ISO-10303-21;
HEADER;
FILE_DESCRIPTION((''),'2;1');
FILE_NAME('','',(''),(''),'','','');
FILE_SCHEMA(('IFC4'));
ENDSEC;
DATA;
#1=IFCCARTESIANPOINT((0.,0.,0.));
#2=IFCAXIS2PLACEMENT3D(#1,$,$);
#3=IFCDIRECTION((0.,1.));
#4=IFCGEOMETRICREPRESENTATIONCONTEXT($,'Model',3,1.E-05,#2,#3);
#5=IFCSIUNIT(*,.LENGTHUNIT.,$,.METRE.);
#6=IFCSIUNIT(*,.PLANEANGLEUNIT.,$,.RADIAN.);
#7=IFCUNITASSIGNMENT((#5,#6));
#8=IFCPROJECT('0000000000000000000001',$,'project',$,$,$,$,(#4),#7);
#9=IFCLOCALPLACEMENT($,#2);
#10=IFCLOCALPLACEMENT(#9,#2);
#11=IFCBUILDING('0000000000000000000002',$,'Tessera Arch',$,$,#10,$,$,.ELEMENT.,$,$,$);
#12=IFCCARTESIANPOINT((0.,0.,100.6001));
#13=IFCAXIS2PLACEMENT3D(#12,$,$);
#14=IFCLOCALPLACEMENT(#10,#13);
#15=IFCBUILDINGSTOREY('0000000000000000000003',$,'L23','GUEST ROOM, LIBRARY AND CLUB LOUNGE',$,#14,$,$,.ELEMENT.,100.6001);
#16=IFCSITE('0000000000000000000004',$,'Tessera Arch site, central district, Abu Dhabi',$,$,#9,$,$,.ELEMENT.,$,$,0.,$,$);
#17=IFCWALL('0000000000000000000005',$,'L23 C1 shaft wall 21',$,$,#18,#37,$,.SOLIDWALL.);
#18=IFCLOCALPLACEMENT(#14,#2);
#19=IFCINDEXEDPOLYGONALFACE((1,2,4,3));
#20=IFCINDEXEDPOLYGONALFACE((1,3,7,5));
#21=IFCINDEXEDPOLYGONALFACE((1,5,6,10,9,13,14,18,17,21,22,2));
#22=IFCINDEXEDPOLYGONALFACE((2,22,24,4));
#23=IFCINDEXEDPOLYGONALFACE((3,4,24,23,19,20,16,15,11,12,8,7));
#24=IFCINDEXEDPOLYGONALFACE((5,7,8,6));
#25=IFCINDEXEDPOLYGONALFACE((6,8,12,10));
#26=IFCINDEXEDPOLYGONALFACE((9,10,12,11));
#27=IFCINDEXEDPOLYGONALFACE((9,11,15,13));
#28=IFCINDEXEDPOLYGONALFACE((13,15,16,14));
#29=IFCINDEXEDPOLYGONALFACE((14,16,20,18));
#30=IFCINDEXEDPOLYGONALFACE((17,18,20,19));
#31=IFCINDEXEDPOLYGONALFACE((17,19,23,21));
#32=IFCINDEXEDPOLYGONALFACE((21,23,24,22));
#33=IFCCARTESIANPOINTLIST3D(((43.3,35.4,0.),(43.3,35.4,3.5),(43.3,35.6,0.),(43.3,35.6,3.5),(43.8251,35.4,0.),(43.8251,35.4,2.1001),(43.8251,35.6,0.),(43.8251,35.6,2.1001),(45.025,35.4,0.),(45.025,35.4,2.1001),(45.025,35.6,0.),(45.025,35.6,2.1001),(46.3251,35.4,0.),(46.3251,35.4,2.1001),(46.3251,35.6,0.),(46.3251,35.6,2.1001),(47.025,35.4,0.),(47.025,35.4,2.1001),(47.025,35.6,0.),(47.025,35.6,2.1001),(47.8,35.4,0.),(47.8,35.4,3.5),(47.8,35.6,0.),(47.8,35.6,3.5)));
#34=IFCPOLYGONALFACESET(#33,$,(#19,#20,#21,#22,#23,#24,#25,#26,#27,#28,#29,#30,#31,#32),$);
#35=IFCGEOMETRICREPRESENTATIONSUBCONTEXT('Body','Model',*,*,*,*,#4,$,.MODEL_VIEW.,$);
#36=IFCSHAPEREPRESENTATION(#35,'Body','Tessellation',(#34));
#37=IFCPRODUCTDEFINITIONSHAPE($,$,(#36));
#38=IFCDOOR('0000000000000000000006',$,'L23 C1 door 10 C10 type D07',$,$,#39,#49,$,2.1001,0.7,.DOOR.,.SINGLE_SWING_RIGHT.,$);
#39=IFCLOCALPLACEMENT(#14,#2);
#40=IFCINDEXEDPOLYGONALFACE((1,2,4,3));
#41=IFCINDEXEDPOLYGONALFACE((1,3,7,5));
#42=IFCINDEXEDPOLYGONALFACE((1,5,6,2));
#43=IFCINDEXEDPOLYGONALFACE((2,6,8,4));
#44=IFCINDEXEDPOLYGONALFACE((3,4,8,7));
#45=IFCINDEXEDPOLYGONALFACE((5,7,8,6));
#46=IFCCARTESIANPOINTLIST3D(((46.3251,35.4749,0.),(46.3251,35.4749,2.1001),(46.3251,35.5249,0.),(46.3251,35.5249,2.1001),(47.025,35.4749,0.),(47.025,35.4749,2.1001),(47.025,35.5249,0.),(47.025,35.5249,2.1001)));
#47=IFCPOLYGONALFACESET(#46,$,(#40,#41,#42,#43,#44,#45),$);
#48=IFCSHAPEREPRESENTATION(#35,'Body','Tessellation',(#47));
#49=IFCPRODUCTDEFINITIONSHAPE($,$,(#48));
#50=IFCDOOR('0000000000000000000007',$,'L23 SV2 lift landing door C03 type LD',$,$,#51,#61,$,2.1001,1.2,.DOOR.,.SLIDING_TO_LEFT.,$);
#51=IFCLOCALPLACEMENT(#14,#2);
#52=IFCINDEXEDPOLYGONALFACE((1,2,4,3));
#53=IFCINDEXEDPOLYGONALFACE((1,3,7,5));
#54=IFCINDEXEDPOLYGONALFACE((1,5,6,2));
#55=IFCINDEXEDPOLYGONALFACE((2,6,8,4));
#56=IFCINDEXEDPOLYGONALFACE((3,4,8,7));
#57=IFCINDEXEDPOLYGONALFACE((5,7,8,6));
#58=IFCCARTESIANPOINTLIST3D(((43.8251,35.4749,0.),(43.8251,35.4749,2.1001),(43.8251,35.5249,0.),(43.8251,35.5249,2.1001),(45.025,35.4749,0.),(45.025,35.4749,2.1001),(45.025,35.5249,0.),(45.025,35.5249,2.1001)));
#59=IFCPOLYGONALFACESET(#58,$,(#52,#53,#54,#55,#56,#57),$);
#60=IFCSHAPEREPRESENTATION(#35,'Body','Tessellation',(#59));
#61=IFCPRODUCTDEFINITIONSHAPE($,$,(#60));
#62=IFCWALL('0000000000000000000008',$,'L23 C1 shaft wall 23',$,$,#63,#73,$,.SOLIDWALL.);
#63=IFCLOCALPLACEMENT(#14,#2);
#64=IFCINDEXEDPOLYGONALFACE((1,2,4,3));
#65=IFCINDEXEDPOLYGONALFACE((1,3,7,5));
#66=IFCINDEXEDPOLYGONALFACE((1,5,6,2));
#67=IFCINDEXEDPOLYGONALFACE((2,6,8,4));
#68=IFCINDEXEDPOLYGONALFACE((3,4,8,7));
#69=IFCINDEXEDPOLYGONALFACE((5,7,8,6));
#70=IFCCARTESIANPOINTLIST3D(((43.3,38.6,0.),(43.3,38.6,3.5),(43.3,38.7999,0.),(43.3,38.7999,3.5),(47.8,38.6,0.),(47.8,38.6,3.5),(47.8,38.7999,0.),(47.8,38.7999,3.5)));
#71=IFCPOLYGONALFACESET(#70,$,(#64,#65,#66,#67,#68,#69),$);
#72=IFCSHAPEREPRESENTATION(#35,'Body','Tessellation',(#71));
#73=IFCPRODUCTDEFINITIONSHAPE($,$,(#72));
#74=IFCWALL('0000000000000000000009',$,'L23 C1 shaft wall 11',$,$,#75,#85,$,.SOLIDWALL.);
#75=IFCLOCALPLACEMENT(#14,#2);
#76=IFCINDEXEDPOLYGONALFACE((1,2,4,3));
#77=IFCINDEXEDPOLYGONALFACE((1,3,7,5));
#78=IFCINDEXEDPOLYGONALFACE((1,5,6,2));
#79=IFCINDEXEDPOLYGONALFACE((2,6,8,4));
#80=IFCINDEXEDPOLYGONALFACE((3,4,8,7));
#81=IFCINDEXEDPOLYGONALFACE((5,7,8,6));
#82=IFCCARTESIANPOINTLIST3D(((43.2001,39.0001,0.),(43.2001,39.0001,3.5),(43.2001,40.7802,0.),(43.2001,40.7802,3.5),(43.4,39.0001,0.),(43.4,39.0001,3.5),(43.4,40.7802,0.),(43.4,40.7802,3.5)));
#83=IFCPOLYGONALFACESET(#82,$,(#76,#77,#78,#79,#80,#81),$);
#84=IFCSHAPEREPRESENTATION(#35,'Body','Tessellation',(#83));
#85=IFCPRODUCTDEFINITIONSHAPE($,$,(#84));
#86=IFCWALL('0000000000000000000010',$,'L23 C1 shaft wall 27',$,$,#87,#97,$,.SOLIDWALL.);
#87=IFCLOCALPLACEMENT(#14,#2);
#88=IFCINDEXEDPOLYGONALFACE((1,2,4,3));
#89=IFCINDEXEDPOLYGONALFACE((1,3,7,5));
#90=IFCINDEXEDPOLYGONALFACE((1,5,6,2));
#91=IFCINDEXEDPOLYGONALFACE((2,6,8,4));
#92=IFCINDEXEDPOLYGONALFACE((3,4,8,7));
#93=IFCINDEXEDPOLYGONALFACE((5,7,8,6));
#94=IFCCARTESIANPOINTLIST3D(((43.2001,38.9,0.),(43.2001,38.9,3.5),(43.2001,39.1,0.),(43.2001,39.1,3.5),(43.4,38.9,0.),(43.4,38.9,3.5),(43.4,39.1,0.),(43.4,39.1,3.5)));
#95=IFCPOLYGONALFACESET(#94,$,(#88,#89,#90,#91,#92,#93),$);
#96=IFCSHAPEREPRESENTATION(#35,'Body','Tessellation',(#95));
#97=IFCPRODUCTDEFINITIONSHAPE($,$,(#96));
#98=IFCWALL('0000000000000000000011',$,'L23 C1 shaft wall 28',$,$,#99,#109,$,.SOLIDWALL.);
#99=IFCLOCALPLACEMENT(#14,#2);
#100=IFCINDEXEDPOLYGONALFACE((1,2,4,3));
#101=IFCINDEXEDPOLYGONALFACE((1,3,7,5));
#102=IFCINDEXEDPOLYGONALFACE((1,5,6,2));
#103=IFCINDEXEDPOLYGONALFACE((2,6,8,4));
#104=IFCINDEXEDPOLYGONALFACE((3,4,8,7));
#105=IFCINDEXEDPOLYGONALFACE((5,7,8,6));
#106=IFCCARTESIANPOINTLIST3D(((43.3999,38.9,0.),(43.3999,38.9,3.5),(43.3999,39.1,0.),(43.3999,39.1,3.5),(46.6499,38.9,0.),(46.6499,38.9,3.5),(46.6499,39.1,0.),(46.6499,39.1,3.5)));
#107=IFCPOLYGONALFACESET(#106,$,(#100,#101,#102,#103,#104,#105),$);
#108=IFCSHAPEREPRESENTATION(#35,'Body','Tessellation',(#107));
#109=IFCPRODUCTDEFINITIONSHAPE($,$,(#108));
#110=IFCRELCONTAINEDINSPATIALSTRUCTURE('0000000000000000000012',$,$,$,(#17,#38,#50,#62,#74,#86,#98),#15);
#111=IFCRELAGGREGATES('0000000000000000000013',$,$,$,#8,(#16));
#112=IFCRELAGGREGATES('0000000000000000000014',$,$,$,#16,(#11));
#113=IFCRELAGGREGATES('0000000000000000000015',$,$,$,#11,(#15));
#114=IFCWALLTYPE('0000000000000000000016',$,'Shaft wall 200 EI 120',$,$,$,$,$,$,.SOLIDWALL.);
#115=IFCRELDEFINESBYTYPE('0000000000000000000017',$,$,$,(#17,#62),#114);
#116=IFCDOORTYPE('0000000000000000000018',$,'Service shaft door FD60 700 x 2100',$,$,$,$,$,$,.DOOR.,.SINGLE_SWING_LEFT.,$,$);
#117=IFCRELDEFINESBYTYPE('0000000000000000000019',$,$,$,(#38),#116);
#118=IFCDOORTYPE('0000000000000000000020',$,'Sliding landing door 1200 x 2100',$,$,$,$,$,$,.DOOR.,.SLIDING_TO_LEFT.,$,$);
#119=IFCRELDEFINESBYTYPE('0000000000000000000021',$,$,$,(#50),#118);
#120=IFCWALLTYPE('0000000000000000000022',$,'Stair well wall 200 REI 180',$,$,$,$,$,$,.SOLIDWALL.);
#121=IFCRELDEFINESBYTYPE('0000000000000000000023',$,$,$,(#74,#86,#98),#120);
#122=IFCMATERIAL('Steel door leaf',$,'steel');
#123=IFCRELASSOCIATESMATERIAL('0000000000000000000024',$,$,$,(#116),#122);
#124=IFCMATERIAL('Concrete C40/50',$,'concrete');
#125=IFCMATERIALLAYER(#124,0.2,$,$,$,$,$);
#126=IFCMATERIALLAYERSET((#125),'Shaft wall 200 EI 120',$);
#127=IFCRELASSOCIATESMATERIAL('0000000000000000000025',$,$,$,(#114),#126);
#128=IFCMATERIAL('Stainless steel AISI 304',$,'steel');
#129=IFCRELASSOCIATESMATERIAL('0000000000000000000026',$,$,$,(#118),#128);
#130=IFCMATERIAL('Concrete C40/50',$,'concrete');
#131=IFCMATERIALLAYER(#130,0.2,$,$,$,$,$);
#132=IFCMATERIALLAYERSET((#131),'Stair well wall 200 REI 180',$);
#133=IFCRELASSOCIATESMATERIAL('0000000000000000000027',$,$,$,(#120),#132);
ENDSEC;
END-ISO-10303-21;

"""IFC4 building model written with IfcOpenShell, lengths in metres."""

from ifc_helpers import new_model, si_unit, direction, frame, frame_2d, origin, place, context, subcontext, project, spatial, rectangle, extrude, material, layer, layer_set, type_object, element, fill, save


model = new_model("IFC4")

# Units and contexts
model_context = context("Model", 3, precision=1e-05, world=origin(), true_north=direction((0.0, 1.0)))
body_context = subcontext(model_context, "Body", "Model", "MODEL_VIEW")
ifc_project = project(units=[si_unit("LENGTHUNIT", "METRE"), si_unit("PLANEANGLEUNIT", "RADIAN")], contexts=[model_context])

# Site, building, storey
site_placement = place(None, origin())
site = spatial("IfcSite", under=ifc_project, at=site_placement, Name="Tessera Arch site, central district, Abu Dhabi", CompositionType="ELEMENT", RefElevation=0.0)
building_placement = place(site_placement, origin())
building = spatial("IfcBuilding", under=site, at=building_placement, Name="Tessera Arch", CompositionType="ELEMENT")
storey_placement = place(building_placement, frame((0.0, 0.0, 100.6001)))
storey = spatial("IfcBuildingStorey", under=building, at=storey_placement, Name="L23", Description="GUEST ROOM, LIBRARY AND CLUB LOUNGE", CompositionType="ELEMENT", Elevation=100.6001)

# Shared definitions
ifc_material_1 = material(Name="Steel door leaf", Category="steel")
door_type_1 = type_object("IfcDoorType", Name="Service shaft door FD60 700 x 2100", OperationType="SINGLE_SWING_LEFT", PredefinedType="DOOR", material=ifc_material_1)

# Shared definitions
ifc_material_2 = material(Name="Concrete C40/50", Category="concrete")
ifc_layer_1 = layer(ifc_material_2, 0.2)
ifc_layer_set_1 = layer_set([ifc_layer_1], Name="Shaft wall 200 EI 120")
wall_type_1 = type_object("IfcWallType", Name="Shaft wall 200 EI 120", PredefinedType="SOLIDWALL", material=ifc_layer_set_1)

# Wall, openings, doors
wall_1_placement = place(storey_placement, frame((43.3, 35.5, 0.0), z_axis=(0.0, 0.0, 1.0), x_axis=(1.0, 0.0, 0.0)))
wall_1 = element("IfcWall", 1, at=wall_1_placement, inside=storey, type_object=wall_type_1, Name="L23 C1 shaft wall 21", PredefinedType="SOLIDWALL", context=body_context, shape_type="SweptSolid", body=[
    extrude(rectangle(XDim=4.5, YDim=0.2, at=frame_2d((2.25, 0.0))), origin(), (0.0, 0.0, 1.0), 3.5),
])
opening_1_placement = place(wall_1_placement, frame((0.5249, 0.0, 0.0)))
opening_1 = element("IfcOpeningElement", 2, at=opening_1_placement, cuts=wall_1, PredefinedType="OPENING", context=body_context, shape_type="SweptSolid", body=[
    extrude(rectangle(XDim=1.2, YDim=2.1001, at=frame_2d((0.6001, 1.05))), frame((0.0, 0.1099, 0.0), z_axis=(0.0, -1.0, 0.0), x_axis=(1.0, 0.0, 0.0)), (0.0, 0.0, 1.0), 0.22),
])
opening_2_placement = place(wall_1_placement, frame((3.0249, 0.0, 0.0)))
opening_2 = element("IfcOpeningElement", 3, at=opening_2_placement, cuts=wall_1, PredefinedType="OPENING", context=body_context, shape_type="SweptSolid", body=[
    extrude(rectangle(XDim=0.7, YDim=2.1001, at=frame_2d((0.3501, 1.05))), frame((0.0, 0.1099, 0.0), z_axis=(0.0, -1.0, 0.0), x_axis=(1.0, 0.0, 0.0)), (0.0, 0.0, 1.0), 0.22),
])
door_1_placement = place(opening_2_placement, origin())
door_1 = element("IfcDoor", 4, at=door_1_placement, inside=storey, type_object=door_type_1, Name="L23 C1 door 10 C10 type D07", OperationType="SINGLE_SWING_RIGHT", OverallHeight=2.1001, OverallWidth=0.7, PredefinedType="DOOR", context=body_context, shape_type="SweptSolid", body=[
    extrude(rectangle(XDim=0.7, YDim=2.1001, at=frame_2d((0.3501, 1.05))), frame((0.0, 0.0249, 0.0), z_axis=(0.0, -1.0, 0.0), x_axis=(1.0, 0.0, 0.0)), (0.0, 0.0, 1.0), 0.05),
])
fill(opening_2, door_1)
ifc_material_3 = material(Name="Stainless steel AISI 304", Category="steel")
door_type_2 = type_object("IfcDoorType", Name="Sliding landing door 1200 x 2100", OperationType="SLIDING_TO_LEFT", PredefinedType="DOOR", material=ifc_material_3)
door_2_placement = place(opening_1_placement, origin())
door_2 = element("IfcDoor", 5, at=door_2_placement, inside=storey, type_object=door_type_2, Name="L23 SV2 lift landing door C03 type LD", OperationType="SLIDING_TO_LEFT", OverallHeight=2.1001, OverallWidth=1.2, PredefinedType="DOOR", context=body_context, shape_type="SweptSolid", body=[
    extrude(rectangle(XDim=1.2, YDim=2.1001, at=frame_2d((0.6001, 1.05))), frame((0.0, 0.0249, 0.0), z_axis=(0.0, -1.0, 0.0), x_axis=(1.0, 0.0, 0.0)), (0.0, 0.0, 1.0), 0.05),
])
fill(opening_1, door_2)

# Walls
wall_2_placement = place(storey_placement, frame((43.3, 38.7, 0.0), z_axis=(0.0, 0.0, 1.0), x_axis=(1.0, 0.0, 0.0)))
element("IfcWall", 6, at=wall_2_placement, inside=storey, type_object=wall_type_1, Name="L23 C1 shaft wall 23", PredefinedType="SOLIDWALL", context=body_context, shape_type="SweptSolid", body=[
    extrude(rectangle(XDim=4.5, YDim=0.2, at=frame_2d((2.25, 0.0))), origin(), (0.0, 0.0, 1.0), 3.5),
])
ifc_material_4 = material(Name="Concrete C40/50", Category="concrete")
ifc_layer_2 = layer(ifc_material_4, 0.2)
ifc_layer_set_2 = layer_set([ifc_layer_2], Name="Stair well wall 200 REI 180")
wall_type_2 = type_object("IfcWallType", Name="Stair well wall 200 REI 180", PredefinedType="SOLIDWALL", material=ifc_layer_set_2)
wall_3_placement = place(storey_placement, frame((43.3, 39.0, 0.0), z_axis=(0.0, 0.0, 1.0), x_axis=(0.0, 1.0, 0.0)))
element("IfcWall", 7, at=wall_3_placement, inside=storey, type_object=wall_type_2, Name="L23 C1 shaft wall 11", PredefinedType="SOLIDWALL", context=body_context, shape_type="SweptSolid", body=[
    extrude(rectangle(XDim=1.78, YDim=0.2, at=frame_2d((0.8901, 0.0))), origin(), (0.0, 0.0, 1.0), 3.5),
])
wall_4_placement = place(storey_placement, frame((43.2, 39.0, 0.0), z_axis=(0.0, 0.0, 1.0), x_axis=(1.0, 0.0, 0.0)))
element("IfcWall", 8, at=wall_4_placement, inside=storey, type_object=wall_type_2, Name="L23 C1 shaft wall 27", PredefinedType="SOLIDWALL", context=body_context, shape_type="SweptSolid", body=[
    extrude(rectangle(XDim=0.2, YDim=0.2, at=frame_2d((0.1001, 0.0))), origin(), (0.0, 0.0, 1.0), 3.5),
])
wall_5_placement = place(storey_placement, frame((43.3999, 39.0, 0.0), z_axis=(0.0, 0.0, 1.0), x_axis=(1.0, 0.0, 0.0)))
element("IfcWall", 9, at=wall_5_placement, inside=storey, type_object=wall_type_2, Name="L23 C1 shaft wall 28", PredefinedType="SOLIDWALL", context=body_context, shape_type="SweptSolid", body=[
    extrude(rectangle(XDim=3.25, YDim=0.2, at=frame_2d((1.625, 0.0))), origin(), (0.0, 0.0, 1.0), 3.5),
])

save(model, "model.ifc")
